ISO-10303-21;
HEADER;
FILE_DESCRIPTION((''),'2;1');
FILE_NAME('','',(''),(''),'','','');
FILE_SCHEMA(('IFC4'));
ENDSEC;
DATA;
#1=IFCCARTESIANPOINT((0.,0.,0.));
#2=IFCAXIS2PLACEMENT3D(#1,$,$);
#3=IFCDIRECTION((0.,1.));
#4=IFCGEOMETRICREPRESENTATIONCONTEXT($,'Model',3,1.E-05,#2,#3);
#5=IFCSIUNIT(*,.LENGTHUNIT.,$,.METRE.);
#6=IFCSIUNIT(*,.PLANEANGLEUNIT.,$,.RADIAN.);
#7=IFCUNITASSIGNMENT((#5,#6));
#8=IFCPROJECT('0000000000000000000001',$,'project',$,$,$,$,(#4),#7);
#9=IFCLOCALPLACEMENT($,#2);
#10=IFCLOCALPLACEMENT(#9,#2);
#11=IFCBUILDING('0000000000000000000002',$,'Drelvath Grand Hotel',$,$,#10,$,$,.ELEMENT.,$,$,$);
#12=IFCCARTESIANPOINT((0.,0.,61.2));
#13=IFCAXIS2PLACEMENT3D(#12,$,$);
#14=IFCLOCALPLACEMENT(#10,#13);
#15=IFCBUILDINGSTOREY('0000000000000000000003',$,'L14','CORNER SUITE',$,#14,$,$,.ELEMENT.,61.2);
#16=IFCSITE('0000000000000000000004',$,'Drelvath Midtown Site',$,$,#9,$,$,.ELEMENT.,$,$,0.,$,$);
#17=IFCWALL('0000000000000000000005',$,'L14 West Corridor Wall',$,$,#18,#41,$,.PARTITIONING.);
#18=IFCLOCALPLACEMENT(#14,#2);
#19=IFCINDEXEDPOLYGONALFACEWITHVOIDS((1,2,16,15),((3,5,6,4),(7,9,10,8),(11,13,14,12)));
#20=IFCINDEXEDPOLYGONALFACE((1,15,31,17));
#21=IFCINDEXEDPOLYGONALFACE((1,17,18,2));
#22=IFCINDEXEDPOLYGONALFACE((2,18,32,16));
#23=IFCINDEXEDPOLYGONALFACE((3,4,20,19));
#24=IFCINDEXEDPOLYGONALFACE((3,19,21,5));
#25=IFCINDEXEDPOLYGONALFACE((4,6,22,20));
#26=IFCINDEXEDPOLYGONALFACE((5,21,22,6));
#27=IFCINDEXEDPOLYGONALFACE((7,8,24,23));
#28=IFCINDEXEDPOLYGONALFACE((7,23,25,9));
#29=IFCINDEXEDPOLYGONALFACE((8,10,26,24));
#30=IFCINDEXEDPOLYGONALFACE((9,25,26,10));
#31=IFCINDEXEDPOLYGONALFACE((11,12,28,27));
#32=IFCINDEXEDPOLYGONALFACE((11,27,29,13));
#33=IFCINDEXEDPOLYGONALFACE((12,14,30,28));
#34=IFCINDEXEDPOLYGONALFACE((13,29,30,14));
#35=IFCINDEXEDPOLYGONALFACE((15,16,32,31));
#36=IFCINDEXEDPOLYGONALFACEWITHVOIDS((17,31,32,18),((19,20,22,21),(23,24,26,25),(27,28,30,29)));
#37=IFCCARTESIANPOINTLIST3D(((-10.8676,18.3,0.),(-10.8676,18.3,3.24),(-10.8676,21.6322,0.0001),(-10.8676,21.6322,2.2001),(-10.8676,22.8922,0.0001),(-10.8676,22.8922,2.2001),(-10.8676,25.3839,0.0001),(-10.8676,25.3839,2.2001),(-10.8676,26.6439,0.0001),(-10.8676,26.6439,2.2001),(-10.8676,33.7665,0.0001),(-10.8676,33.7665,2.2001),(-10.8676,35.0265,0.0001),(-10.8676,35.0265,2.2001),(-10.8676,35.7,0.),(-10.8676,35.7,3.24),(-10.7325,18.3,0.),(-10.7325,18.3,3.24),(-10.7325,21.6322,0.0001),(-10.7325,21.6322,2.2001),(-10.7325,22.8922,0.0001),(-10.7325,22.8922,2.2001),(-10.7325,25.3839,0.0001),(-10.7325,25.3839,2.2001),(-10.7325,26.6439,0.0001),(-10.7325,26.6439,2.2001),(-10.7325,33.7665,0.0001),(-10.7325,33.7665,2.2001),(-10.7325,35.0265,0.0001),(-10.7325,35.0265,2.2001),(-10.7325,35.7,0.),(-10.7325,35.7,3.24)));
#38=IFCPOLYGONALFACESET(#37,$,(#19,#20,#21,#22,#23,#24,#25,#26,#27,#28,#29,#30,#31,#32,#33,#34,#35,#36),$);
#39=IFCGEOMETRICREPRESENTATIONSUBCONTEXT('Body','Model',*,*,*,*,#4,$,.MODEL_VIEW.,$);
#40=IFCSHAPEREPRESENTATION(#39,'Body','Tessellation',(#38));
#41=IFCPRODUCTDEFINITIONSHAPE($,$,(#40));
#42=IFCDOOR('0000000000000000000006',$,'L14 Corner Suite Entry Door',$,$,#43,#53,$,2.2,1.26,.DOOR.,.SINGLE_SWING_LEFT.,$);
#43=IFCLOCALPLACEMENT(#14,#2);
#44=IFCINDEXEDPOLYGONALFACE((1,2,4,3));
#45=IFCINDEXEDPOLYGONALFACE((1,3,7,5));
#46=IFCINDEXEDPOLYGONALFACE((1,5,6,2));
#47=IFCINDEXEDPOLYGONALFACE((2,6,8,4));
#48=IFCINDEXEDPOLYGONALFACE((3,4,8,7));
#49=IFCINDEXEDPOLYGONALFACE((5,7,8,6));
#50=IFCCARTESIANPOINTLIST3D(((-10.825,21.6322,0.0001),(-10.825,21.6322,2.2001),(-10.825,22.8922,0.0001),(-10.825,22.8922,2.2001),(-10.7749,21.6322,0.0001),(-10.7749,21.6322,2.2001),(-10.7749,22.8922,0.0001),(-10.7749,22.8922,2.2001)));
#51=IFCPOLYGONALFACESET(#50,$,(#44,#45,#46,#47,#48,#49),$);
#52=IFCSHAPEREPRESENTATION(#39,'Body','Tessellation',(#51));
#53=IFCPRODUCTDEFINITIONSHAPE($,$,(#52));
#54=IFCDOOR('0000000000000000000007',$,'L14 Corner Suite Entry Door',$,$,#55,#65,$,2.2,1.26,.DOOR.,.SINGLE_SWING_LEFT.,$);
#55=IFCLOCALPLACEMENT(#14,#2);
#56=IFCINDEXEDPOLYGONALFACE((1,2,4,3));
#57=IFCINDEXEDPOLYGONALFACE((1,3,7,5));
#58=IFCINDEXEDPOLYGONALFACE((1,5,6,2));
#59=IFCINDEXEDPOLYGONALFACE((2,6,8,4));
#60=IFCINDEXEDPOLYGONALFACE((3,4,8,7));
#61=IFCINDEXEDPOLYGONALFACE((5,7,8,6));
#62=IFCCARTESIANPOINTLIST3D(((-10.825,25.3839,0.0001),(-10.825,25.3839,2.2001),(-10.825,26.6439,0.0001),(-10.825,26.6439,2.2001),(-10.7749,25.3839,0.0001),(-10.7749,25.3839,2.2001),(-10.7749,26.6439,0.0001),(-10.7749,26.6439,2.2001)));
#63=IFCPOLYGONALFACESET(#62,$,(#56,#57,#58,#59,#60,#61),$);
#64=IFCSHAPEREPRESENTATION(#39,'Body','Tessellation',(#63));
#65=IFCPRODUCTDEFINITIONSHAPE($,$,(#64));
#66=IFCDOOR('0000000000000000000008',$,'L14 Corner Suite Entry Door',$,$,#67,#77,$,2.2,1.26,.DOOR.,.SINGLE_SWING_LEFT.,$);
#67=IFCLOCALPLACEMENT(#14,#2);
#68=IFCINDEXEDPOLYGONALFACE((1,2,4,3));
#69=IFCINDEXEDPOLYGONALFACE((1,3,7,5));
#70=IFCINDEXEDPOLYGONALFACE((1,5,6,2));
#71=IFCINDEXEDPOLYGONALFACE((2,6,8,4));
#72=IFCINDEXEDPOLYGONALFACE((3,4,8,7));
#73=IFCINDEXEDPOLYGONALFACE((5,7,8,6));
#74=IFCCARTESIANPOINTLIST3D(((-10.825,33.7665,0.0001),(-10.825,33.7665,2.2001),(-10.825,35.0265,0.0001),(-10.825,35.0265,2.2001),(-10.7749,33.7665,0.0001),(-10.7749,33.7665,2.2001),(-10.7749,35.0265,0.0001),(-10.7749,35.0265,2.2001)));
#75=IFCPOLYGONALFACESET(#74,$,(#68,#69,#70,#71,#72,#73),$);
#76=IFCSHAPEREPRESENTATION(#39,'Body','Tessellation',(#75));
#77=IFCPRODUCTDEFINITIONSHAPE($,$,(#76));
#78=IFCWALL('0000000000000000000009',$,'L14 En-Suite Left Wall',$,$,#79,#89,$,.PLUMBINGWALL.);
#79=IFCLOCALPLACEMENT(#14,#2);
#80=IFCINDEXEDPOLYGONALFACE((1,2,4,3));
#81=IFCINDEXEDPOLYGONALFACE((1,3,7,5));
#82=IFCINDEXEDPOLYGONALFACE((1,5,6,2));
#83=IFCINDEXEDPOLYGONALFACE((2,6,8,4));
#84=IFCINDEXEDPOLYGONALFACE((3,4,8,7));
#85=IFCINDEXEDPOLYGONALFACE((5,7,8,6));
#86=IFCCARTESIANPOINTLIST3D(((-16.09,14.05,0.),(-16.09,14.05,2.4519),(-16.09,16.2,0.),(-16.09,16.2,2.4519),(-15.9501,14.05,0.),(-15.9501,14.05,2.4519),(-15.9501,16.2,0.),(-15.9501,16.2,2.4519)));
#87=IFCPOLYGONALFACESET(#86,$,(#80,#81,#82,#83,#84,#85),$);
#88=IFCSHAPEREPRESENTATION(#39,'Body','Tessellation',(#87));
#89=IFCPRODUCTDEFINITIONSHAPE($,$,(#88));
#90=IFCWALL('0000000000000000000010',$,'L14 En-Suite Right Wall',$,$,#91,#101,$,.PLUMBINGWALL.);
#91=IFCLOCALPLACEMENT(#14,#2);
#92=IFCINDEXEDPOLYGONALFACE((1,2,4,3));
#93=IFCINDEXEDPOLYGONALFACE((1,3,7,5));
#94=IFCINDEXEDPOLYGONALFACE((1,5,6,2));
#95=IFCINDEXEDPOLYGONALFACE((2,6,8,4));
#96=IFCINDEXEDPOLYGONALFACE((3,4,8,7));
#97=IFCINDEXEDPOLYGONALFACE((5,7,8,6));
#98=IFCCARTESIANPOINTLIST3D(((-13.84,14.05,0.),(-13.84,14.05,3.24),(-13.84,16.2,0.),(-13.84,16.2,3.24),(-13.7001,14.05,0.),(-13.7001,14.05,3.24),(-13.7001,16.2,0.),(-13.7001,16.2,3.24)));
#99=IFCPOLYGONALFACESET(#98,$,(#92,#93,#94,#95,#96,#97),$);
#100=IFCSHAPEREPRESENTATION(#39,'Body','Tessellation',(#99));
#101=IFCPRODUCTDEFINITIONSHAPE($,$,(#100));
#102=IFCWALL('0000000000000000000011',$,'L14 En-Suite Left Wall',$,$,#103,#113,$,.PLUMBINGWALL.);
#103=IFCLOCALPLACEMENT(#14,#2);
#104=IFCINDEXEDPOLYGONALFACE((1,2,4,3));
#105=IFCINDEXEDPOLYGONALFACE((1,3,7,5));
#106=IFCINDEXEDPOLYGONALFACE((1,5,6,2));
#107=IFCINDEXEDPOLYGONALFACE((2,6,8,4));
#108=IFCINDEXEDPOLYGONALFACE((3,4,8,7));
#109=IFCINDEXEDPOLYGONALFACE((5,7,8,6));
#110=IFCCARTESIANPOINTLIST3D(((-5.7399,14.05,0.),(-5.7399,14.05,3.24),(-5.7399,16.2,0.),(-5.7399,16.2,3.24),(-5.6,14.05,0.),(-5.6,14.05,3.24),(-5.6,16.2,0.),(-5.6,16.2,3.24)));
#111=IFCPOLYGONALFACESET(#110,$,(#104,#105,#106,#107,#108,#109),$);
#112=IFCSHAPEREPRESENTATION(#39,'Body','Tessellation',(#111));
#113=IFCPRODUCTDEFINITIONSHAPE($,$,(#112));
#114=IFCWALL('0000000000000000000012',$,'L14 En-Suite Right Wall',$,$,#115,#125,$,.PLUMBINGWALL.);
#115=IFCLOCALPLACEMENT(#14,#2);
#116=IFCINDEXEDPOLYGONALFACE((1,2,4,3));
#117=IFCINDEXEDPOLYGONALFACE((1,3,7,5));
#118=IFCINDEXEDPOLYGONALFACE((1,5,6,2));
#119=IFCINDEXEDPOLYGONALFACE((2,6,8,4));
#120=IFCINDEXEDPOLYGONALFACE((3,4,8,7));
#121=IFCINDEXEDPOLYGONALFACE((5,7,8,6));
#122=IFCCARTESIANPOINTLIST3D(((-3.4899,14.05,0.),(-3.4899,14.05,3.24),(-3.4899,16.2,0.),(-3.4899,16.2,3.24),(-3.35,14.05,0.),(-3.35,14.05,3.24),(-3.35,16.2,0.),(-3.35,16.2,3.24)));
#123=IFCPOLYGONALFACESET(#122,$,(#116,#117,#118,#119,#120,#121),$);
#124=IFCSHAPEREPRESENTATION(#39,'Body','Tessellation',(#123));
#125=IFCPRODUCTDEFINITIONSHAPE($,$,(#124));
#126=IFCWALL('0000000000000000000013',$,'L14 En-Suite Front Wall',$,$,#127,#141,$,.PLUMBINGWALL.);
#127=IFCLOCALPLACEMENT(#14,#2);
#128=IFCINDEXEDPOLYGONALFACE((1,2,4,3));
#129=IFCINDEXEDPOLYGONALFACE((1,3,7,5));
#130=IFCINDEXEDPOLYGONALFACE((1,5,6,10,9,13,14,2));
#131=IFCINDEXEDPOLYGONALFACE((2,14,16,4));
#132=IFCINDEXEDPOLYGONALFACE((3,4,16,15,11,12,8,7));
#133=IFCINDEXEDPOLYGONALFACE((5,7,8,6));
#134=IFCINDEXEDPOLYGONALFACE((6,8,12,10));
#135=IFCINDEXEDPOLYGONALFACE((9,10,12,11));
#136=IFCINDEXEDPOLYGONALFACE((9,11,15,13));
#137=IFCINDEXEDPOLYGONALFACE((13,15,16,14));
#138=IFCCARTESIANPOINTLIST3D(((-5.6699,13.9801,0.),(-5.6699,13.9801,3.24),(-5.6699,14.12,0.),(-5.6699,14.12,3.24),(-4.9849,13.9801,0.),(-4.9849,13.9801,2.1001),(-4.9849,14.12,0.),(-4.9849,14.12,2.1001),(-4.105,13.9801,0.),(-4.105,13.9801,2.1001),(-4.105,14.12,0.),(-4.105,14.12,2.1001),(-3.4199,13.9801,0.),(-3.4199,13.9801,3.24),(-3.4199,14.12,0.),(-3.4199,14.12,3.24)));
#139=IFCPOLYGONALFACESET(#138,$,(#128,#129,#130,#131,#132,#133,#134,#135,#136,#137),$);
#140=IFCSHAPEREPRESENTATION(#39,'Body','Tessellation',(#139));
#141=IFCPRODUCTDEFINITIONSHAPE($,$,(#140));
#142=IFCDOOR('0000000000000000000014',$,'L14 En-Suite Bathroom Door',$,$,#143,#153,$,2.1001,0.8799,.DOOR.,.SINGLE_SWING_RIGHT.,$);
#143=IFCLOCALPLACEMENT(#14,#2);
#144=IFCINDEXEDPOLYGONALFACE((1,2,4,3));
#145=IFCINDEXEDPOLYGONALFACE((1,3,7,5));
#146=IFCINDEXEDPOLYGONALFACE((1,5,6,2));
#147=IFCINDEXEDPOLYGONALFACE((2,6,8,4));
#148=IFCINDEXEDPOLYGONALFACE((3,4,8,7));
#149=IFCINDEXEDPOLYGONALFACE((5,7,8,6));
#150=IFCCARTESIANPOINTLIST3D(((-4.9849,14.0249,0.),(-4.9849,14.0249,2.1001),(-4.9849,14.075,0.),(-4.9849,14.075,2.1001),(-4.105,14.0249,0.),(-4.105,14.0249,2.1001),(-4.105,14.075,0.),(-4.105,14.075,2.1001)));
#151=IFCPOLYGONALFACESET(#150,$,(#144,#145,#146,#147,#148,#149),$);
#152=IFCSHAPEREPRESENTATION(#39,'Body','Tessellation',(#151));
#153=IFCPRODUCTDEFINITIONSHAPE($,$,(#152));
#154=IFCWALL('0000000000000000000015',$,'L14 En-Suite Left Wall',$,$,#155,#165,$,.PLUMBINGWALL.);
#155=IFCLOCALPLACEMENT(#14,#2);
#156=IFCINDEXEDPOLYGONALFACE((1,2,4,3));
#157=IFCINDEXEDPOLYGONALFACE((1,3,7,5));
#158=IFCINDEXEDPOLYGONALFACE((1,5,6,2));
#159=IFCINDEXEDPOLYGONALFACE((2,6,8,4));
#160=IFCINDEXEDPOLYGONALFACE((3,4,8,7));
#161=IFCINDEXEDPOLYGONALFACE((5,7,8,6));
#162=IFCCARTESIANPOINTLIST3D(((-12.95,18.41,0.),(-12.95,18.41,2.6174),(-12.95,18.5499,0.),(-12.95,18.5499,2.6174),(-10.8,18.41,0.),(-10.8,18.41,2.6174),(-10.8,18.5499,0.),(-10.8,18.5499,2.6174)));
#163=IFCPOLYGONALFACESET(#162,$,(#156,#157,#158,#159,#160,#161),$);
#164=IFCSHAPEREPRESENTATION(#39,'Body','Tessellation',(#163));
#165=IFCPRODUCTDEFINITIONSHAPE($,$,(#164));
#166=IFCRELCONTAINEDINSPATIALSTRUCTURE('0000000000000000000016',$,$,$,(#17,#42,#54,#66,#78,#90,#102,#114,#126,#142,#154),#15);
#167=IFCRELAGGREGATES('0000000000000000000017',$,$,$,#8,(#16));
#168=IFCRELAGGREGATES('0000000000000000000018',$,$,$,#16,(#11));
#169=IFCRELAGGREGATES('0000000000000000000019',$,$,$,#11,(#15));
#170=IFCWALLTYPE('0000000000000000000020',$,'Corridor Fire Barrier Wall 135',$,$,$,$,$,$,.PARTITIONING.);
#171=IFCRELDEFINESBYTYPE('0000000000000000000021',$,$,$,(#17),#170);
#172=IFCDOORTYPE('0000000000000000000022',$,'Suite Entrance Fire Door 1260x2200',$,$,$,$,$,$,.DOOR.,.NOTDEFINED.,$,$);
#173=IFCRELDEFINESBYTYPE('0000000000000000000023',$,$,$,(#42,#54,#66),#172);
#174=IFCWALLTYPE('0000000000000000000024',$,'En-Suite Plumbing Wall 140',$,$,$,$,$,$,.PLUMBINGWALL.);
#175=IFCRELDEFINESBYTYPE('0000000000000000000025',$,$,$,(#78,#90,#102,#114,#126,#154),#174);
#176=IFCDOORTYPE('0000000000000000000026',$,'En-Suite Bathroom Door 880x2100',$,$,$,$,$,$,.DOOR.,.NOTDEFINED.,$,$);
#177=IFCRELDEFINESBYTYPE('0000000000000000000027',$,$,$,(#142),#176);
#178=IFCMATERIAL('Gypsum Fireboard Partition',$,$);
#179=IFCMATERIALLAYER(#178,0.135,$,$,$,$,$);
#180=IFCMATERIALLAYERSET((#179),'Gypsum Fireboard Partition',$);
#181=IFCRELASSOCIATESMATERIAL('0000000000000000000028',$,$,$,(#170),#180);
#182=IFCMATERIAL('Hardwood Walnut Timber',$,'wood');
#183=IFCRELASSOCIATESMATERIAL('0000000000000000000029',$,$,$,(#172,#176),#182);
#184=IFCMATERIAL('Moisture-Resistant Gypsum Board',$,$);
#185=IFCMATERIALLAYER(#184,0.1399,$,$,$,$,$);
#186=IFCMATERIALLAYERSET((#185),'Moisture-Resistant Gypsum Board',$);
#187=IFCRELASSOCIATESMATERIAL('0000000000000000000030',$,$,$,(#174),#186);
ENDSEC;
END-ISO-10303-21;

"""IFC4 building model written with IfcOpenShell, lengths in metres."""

from ifc_helpers import new_model, si_unit, direction, frame, frame_2d, origin, place, context, subcontext, project, spatial, rectangle, extrude, material, layer, layer_set, type_object, element, fill, save


model = new_model("IFC4")

# Units and contexts
model_context = context("Model", 3, precision=1e-05, world=origin(), true_north=direction((0.0, 1.0)))
body_context = subcontext(model_context, "Body", "Model", "MODEL_VIEW")
ifc_project = project(units=[si_unit("LENGTHUNIT", "METRE"), si_unit("PLANEANGLEUNIT", "RADIAN")], contexts=[model_context])

# Site, building, storey
site_placement = place(None, origin())
site = spatial("IfcSite", under=ifc_project, at=site_placement, Name="Drelvath Midtown Site", CompositionType="ELEMENT", RefElevation=0.0)
building_placement = place(site_placement, origin())
building = spatial("IfcBuilding", under=site, at=building_placement, Name="Drelvath Grand Hotel", CompositionType="ELEMENT")
storey_placement = place(building_placement, frame((0.0, 0.0, 61.2)))
storey = spatial("IfcBuildingStorey", under=building, at=storey_placement, Name="L14", Description="CORNER SUITE", CompositionType="ELEMENT", Elevation=61.2)

# Shared definitions
ifc_material_1 = material(Name="Gypsum Fireboard Partition")

# Wall, openings, doors
ifc_layer_1 = layer(ifc_material_1, 0.135)
ifc_layer_set_1 = layer_set([ifc_layer_1], Name="Gypsum Fireboard Partition")
wall_type_1 = type_object("IfcWallType", Name="Corridor Fire Barrier Wall 135", PredefinedType="PARTITIONING", material=ifc_layer_set_1)
wall_1_placement = place(storey_placement, frame((-10.8, 18.3, 0.0), z_axis=(0.0, 0.0, 1.0), x_axis=(0.0, 1.0, 0.0)))
wall_1 = element("IfcWall", 1, at=wall_1_placement, inside=storey, type_object=wall_type_1, Name="L14 West Corridor Wall", PredefinedType="PARTITIONING", context=body_context, shape_type="SweptSolid", body=[
    extrude(rectangle(XDim=17.3999, YDim=0.135, at=frame_2d((8.7, 0.0))), origin(), (0.0, 0.0, 1.0), 3.24),
])
opening_1_placement = place(wall_1_placement, frame((3.3323, 0.0, 0.0)))
opening_1 = element("IfcOpeningElement", 2, at=opening_1_placement, cuts=wall_1, PredefinedType="OPENING", context=body_context, shape_type="SweptSolid", body=[
    extrude(rectangle(XDim=1.26, YDim=2.2, at=frame_2d((0.6299, 1.1001))), frame((0.0, 0.0774, 0.0), z_axis=(0.0, -1.0, 0.0), x_axis=(1.0, 0.0, 0.0)), (0.0, 0.0, 1.0), 0.155),
])
opening_2_placement = place(wall_1_placement, frame((7.084, 0.0, 0.0)))
opening_2 = element("IfcOpeningElement", 3, at=opening_2_placement, cuts=wall_1, PredefinedType="OPENING", context=body_context, shape_type="SweptSolid", body=[
    extrude(rectangle(XDim=1.26, YDim=2.2, at=frame_2d((0.6299, 1.1001))), frame((0.0, 0.0774, 0.0), z_axis=(0.0, -1.0, 0.0), x_axis=(1.0, 0.0, 0.0)), (0.0, 0.0, 1.0), 0.155),
])
opening_3_placement = place(wall_1_placement, frame((15.4666, 0.0, 0.0)))
opening_3 = element("IfcOpeningElement", 4, at=opening_3_placement, cuts=wall_1, PredefinedType="OPENING", context=body_context, shape_type="SweptSolid", body=[
    extrude(rectangle(XDim=1.26, YDim=2.2, at=frame_2d((0.6299, 1.1001))), frame((0.0, 0.0774, 0.0), z_axis=(0.0, -1.0, 0.0), x_axis=(1.0, 0.0, 0.0)), (0.0, 0.0, 1.0), 0.155),
])
ifc_material_2 = material(Name="Hardwood Walnut Timber", Category="wood")
door_type_1 = type_object("IfcDoorType", Name="Suite Entrance Fire Door 1260x2200", OperationType="NOTDEFINED", PredefinedType="DOOR", material=ifc_material_2)
door_1_placement = place(opening_1_placement, origin())
door_1 = element("IfcDoor", 5, at=door_1_placement, inside=storey, type_object=door_type_1, Name="L14 Corner Suite Entry Door", OperationType="SINGLE_SWING_LEFT", OverallHeight=2.2, OverallWidth=1.26, PredefinedType="DOOR", context=body_context, shape_type="SweptSolid", body=[
    extrude(rectangle(XDim=1.26, YDim=2.2, at=frame_2d((0.6299, 1.1001))), frame((0.0, 0.0249, 0.0), z_axis=(0.0, -1.0, 0.0), x_axis=(1.0, 0.0, 0.0)), (0.0, 0.0, 1.0), 0.05),
])
fill(opening_1, door_1)
door_2_placement = place(opening_2_placement, origin())
door_2 = element("IfcDoor", 6, at=door_2_placement, inside=storey, type_object=door_type_1, Name="L14 Corner Suite Entry Door", OperationType="SINGLE_SWING_LEFT", OverallHeight=2.2, OverallWidth=1.26, PredefinedType="DOOR", context=body_context, shape_type="SweptSolid", body=[
    extrude(rectangle(XDim=1.26, YDim=2.2, at=frame_2d((0.6299, 1.1001))), frame((0.0, 0.0249, 0.0), z_axis=(0.0, -1.0, 0.0), x_axis=(1.0, 0.0, 0.0)), (0.0, 0.0, 1.0), 0.05),
])
fill(opening_2, door_2)
door_3_placement = place(opening_3_placement, origin())
door_3 = element("IfcDoor", 7, at=door_3_placement, inside=storey, type_object=door_type_1, Name="L14 Corner Suite Entry Door", OperationType="SINGLE_SWING_LEFT", OverallHeight=2.2, OverallWidth=1.26, PredefinedType="DOOR", context=body_context, shape_type="SweptSolid", body=[
    extrude(rectangle(XDim=1.26, YDim=2.2, at=frame_2d((0.6299, 1.1001))), frame((0.0, 0.0249, 0.0), z_axis=(0.0, -1.0, 0.0), x_axis=(1.0, 0.0, 0.0)), (0.0, 0.0, 1.0), 0.05),
])
fill(opening_3, door_3)

# Walls
ifc_material_3 = material(Name="Moisture-Resistant Gypsum Board")
ifc_layer_2 = layer(ifc_material_3, 0.1399)
ifc_layer_set_2 = layer_set([ifc_layer_2], Name="Moisture-Resistant Gypsum Board")
wall_type_2 = type_object("IfcWallType", Name="En-Suite Plumbing Wall 140", PredefinedType="PLUMBINGWALL", material=ifc_layer_set_2)
wall_2_placement = place(storey_placement, frame((-16.02, 16.2, 0.0), z_axis=(0.0, 0.0, 1.0), x_axis=(0.0, -1.0, 0.0)))
element("IfcWall", 8, at=wall_2_placement, inside=storey, type_object=wall_type_2, Name="L14 En-Suite Left Wall", PredefinedType="PLUMBINGWALL", context=body_context, shape_type="SweptSolid", body=[
    extrude(rectangle(XDim=2.1499, YDim=0.1399, at=frame_2d((1.075, 0.0))), origin(), (0.0, 0.0, 1.0), 2.4519),
])
for number, where, z_axis, x_axis, name in (
    (9, (-13.77, 16.2, 0.0), (0.0, 0.0, 1.0), (0.0, -1.0, 0.0), "L14 En-Suite Right Wall"),
    (10, (-5.6699, 16.2, 0.0), (0.0, 0.0, 1.0), (0.0, -1.0, 0.0), "L14 En-Suite Left Wall"),
    (11, (-3.4199, 16.2, 0.0), (0.0, 0.0, 1.0), (0.0, -1.0, 0.0), "L14 En-Suite Right Wall"),
):
    element("IfcWall", number, at=place(storey_placement, frame(where, z_axis=z_axis, x_axis=x_axis)), inside=storey, type_object=wall_type_2, Name=name, PredefinedType="PLUMBINGWALL", context=body_context, shape_type="SweptSolid", body=[
        extrude(rectangle(XDim=2.1499, YDim=0.1399, at=frame_2d((1.075, 0.0))), origin(), (0.0, 0.0, 1.0), 3.24),
    ])

# Wall, opening, door
wall_3_placement = place(storey_placement, frame((-5.6699, 14.05, 0.0), z_axis=(0.0, 0.0, 1.0), x_axis=(1.0, 0.0, 0.0)))
wall_3 = element("IfcWall", 12, at=wall_3_placement, inside=storey, type_object=wall_type_2, Name="L14 En-Suite Front Wall", PredefinedType="PLUMBINGWALL", context=body_context, shape_type="SweptSolid", body=[
    extrude(rectangle(XDim=2.25, YDim=0.1399, at=frame_2d((1.125, 0.0))), origin(), (0.0, 0.0, 1.0), 3.24),
])
opening_4_placement = place(wall_3_placement, frame((0.6851, 0.0, 0.0)))
opening_4 = element("IfcOpeningElement", 13, at=opening_4_placement, cuts=wall_3, PredefinedType="OPENING", context=body_context, shape_type="SweptSolid", body=[
    extrude(rectangle(XDim=0.8799, YDim=2.1001, at=frame_2d((0.4399, 1.05))), frame((0.0, 0.0798, 0.0), z_axis=(0.0, -1.0, 0.0), x_axis=(1.0, 0.0, 0.0)), (0.0, 0.0, 1.0), 0.1599),
])
door_type_2 = type_object("IfcDoorType", Name="En-Suite Bathroom Door 880x2100", OperationType="NOTDEFINED", PredefinedType="DOOR", material=ifc_material_2)
door_4_placement = place(opening_4_placement, origin())
door_4 = element("IfcDoor", 14, at=door_4_placement, inside=storey, type_object=door_type_2, Name="L14 En-Suite Bathroom Door", OperationType="SINGLE_SWING_RIGHT", OverallHeight=2.1001, OverallWidth=0.8799, PredefinedType="DOOR", context=body_context, shape_type="SweptSolid", body=[
    extrude(rectangle(XDim=0.8799, YDim=2.1001, at=frame_2d((0.4399, 1.05))), frame((0.0, 0.0249, 0.0), z_axis=(0.0, -1.0, 0.0), x_axis=(1.0, 0.0, 0.0)), (0.0, 0.0, 1.0), 0.05),
])
fill(opening_4, door_4)

# Wall
wall_4_placement = place(storey_placement, frame((-10.8, 18.48, 0.0), z_axis=(0.0, 0.0, 1.0), x_axis=(-1.0, 0.0, 0.0)))
element("IfcWall", 15, at=wall_4_placement, inside=storey, type_object=wall_type_2, Name="L14 En-Suite Left Wall", PredefinedType="PLUMBINGWALL", context=body_context, shape_type="SweptSolid", body=[
    extrude(rectangle(XDim=2.1499, YDim=0.1399, at=frame_2d((1.075, 0.0))), origin(), (0.0, 0.0, 1.0), 2.6174),
])

save(model, "model.ifc")
